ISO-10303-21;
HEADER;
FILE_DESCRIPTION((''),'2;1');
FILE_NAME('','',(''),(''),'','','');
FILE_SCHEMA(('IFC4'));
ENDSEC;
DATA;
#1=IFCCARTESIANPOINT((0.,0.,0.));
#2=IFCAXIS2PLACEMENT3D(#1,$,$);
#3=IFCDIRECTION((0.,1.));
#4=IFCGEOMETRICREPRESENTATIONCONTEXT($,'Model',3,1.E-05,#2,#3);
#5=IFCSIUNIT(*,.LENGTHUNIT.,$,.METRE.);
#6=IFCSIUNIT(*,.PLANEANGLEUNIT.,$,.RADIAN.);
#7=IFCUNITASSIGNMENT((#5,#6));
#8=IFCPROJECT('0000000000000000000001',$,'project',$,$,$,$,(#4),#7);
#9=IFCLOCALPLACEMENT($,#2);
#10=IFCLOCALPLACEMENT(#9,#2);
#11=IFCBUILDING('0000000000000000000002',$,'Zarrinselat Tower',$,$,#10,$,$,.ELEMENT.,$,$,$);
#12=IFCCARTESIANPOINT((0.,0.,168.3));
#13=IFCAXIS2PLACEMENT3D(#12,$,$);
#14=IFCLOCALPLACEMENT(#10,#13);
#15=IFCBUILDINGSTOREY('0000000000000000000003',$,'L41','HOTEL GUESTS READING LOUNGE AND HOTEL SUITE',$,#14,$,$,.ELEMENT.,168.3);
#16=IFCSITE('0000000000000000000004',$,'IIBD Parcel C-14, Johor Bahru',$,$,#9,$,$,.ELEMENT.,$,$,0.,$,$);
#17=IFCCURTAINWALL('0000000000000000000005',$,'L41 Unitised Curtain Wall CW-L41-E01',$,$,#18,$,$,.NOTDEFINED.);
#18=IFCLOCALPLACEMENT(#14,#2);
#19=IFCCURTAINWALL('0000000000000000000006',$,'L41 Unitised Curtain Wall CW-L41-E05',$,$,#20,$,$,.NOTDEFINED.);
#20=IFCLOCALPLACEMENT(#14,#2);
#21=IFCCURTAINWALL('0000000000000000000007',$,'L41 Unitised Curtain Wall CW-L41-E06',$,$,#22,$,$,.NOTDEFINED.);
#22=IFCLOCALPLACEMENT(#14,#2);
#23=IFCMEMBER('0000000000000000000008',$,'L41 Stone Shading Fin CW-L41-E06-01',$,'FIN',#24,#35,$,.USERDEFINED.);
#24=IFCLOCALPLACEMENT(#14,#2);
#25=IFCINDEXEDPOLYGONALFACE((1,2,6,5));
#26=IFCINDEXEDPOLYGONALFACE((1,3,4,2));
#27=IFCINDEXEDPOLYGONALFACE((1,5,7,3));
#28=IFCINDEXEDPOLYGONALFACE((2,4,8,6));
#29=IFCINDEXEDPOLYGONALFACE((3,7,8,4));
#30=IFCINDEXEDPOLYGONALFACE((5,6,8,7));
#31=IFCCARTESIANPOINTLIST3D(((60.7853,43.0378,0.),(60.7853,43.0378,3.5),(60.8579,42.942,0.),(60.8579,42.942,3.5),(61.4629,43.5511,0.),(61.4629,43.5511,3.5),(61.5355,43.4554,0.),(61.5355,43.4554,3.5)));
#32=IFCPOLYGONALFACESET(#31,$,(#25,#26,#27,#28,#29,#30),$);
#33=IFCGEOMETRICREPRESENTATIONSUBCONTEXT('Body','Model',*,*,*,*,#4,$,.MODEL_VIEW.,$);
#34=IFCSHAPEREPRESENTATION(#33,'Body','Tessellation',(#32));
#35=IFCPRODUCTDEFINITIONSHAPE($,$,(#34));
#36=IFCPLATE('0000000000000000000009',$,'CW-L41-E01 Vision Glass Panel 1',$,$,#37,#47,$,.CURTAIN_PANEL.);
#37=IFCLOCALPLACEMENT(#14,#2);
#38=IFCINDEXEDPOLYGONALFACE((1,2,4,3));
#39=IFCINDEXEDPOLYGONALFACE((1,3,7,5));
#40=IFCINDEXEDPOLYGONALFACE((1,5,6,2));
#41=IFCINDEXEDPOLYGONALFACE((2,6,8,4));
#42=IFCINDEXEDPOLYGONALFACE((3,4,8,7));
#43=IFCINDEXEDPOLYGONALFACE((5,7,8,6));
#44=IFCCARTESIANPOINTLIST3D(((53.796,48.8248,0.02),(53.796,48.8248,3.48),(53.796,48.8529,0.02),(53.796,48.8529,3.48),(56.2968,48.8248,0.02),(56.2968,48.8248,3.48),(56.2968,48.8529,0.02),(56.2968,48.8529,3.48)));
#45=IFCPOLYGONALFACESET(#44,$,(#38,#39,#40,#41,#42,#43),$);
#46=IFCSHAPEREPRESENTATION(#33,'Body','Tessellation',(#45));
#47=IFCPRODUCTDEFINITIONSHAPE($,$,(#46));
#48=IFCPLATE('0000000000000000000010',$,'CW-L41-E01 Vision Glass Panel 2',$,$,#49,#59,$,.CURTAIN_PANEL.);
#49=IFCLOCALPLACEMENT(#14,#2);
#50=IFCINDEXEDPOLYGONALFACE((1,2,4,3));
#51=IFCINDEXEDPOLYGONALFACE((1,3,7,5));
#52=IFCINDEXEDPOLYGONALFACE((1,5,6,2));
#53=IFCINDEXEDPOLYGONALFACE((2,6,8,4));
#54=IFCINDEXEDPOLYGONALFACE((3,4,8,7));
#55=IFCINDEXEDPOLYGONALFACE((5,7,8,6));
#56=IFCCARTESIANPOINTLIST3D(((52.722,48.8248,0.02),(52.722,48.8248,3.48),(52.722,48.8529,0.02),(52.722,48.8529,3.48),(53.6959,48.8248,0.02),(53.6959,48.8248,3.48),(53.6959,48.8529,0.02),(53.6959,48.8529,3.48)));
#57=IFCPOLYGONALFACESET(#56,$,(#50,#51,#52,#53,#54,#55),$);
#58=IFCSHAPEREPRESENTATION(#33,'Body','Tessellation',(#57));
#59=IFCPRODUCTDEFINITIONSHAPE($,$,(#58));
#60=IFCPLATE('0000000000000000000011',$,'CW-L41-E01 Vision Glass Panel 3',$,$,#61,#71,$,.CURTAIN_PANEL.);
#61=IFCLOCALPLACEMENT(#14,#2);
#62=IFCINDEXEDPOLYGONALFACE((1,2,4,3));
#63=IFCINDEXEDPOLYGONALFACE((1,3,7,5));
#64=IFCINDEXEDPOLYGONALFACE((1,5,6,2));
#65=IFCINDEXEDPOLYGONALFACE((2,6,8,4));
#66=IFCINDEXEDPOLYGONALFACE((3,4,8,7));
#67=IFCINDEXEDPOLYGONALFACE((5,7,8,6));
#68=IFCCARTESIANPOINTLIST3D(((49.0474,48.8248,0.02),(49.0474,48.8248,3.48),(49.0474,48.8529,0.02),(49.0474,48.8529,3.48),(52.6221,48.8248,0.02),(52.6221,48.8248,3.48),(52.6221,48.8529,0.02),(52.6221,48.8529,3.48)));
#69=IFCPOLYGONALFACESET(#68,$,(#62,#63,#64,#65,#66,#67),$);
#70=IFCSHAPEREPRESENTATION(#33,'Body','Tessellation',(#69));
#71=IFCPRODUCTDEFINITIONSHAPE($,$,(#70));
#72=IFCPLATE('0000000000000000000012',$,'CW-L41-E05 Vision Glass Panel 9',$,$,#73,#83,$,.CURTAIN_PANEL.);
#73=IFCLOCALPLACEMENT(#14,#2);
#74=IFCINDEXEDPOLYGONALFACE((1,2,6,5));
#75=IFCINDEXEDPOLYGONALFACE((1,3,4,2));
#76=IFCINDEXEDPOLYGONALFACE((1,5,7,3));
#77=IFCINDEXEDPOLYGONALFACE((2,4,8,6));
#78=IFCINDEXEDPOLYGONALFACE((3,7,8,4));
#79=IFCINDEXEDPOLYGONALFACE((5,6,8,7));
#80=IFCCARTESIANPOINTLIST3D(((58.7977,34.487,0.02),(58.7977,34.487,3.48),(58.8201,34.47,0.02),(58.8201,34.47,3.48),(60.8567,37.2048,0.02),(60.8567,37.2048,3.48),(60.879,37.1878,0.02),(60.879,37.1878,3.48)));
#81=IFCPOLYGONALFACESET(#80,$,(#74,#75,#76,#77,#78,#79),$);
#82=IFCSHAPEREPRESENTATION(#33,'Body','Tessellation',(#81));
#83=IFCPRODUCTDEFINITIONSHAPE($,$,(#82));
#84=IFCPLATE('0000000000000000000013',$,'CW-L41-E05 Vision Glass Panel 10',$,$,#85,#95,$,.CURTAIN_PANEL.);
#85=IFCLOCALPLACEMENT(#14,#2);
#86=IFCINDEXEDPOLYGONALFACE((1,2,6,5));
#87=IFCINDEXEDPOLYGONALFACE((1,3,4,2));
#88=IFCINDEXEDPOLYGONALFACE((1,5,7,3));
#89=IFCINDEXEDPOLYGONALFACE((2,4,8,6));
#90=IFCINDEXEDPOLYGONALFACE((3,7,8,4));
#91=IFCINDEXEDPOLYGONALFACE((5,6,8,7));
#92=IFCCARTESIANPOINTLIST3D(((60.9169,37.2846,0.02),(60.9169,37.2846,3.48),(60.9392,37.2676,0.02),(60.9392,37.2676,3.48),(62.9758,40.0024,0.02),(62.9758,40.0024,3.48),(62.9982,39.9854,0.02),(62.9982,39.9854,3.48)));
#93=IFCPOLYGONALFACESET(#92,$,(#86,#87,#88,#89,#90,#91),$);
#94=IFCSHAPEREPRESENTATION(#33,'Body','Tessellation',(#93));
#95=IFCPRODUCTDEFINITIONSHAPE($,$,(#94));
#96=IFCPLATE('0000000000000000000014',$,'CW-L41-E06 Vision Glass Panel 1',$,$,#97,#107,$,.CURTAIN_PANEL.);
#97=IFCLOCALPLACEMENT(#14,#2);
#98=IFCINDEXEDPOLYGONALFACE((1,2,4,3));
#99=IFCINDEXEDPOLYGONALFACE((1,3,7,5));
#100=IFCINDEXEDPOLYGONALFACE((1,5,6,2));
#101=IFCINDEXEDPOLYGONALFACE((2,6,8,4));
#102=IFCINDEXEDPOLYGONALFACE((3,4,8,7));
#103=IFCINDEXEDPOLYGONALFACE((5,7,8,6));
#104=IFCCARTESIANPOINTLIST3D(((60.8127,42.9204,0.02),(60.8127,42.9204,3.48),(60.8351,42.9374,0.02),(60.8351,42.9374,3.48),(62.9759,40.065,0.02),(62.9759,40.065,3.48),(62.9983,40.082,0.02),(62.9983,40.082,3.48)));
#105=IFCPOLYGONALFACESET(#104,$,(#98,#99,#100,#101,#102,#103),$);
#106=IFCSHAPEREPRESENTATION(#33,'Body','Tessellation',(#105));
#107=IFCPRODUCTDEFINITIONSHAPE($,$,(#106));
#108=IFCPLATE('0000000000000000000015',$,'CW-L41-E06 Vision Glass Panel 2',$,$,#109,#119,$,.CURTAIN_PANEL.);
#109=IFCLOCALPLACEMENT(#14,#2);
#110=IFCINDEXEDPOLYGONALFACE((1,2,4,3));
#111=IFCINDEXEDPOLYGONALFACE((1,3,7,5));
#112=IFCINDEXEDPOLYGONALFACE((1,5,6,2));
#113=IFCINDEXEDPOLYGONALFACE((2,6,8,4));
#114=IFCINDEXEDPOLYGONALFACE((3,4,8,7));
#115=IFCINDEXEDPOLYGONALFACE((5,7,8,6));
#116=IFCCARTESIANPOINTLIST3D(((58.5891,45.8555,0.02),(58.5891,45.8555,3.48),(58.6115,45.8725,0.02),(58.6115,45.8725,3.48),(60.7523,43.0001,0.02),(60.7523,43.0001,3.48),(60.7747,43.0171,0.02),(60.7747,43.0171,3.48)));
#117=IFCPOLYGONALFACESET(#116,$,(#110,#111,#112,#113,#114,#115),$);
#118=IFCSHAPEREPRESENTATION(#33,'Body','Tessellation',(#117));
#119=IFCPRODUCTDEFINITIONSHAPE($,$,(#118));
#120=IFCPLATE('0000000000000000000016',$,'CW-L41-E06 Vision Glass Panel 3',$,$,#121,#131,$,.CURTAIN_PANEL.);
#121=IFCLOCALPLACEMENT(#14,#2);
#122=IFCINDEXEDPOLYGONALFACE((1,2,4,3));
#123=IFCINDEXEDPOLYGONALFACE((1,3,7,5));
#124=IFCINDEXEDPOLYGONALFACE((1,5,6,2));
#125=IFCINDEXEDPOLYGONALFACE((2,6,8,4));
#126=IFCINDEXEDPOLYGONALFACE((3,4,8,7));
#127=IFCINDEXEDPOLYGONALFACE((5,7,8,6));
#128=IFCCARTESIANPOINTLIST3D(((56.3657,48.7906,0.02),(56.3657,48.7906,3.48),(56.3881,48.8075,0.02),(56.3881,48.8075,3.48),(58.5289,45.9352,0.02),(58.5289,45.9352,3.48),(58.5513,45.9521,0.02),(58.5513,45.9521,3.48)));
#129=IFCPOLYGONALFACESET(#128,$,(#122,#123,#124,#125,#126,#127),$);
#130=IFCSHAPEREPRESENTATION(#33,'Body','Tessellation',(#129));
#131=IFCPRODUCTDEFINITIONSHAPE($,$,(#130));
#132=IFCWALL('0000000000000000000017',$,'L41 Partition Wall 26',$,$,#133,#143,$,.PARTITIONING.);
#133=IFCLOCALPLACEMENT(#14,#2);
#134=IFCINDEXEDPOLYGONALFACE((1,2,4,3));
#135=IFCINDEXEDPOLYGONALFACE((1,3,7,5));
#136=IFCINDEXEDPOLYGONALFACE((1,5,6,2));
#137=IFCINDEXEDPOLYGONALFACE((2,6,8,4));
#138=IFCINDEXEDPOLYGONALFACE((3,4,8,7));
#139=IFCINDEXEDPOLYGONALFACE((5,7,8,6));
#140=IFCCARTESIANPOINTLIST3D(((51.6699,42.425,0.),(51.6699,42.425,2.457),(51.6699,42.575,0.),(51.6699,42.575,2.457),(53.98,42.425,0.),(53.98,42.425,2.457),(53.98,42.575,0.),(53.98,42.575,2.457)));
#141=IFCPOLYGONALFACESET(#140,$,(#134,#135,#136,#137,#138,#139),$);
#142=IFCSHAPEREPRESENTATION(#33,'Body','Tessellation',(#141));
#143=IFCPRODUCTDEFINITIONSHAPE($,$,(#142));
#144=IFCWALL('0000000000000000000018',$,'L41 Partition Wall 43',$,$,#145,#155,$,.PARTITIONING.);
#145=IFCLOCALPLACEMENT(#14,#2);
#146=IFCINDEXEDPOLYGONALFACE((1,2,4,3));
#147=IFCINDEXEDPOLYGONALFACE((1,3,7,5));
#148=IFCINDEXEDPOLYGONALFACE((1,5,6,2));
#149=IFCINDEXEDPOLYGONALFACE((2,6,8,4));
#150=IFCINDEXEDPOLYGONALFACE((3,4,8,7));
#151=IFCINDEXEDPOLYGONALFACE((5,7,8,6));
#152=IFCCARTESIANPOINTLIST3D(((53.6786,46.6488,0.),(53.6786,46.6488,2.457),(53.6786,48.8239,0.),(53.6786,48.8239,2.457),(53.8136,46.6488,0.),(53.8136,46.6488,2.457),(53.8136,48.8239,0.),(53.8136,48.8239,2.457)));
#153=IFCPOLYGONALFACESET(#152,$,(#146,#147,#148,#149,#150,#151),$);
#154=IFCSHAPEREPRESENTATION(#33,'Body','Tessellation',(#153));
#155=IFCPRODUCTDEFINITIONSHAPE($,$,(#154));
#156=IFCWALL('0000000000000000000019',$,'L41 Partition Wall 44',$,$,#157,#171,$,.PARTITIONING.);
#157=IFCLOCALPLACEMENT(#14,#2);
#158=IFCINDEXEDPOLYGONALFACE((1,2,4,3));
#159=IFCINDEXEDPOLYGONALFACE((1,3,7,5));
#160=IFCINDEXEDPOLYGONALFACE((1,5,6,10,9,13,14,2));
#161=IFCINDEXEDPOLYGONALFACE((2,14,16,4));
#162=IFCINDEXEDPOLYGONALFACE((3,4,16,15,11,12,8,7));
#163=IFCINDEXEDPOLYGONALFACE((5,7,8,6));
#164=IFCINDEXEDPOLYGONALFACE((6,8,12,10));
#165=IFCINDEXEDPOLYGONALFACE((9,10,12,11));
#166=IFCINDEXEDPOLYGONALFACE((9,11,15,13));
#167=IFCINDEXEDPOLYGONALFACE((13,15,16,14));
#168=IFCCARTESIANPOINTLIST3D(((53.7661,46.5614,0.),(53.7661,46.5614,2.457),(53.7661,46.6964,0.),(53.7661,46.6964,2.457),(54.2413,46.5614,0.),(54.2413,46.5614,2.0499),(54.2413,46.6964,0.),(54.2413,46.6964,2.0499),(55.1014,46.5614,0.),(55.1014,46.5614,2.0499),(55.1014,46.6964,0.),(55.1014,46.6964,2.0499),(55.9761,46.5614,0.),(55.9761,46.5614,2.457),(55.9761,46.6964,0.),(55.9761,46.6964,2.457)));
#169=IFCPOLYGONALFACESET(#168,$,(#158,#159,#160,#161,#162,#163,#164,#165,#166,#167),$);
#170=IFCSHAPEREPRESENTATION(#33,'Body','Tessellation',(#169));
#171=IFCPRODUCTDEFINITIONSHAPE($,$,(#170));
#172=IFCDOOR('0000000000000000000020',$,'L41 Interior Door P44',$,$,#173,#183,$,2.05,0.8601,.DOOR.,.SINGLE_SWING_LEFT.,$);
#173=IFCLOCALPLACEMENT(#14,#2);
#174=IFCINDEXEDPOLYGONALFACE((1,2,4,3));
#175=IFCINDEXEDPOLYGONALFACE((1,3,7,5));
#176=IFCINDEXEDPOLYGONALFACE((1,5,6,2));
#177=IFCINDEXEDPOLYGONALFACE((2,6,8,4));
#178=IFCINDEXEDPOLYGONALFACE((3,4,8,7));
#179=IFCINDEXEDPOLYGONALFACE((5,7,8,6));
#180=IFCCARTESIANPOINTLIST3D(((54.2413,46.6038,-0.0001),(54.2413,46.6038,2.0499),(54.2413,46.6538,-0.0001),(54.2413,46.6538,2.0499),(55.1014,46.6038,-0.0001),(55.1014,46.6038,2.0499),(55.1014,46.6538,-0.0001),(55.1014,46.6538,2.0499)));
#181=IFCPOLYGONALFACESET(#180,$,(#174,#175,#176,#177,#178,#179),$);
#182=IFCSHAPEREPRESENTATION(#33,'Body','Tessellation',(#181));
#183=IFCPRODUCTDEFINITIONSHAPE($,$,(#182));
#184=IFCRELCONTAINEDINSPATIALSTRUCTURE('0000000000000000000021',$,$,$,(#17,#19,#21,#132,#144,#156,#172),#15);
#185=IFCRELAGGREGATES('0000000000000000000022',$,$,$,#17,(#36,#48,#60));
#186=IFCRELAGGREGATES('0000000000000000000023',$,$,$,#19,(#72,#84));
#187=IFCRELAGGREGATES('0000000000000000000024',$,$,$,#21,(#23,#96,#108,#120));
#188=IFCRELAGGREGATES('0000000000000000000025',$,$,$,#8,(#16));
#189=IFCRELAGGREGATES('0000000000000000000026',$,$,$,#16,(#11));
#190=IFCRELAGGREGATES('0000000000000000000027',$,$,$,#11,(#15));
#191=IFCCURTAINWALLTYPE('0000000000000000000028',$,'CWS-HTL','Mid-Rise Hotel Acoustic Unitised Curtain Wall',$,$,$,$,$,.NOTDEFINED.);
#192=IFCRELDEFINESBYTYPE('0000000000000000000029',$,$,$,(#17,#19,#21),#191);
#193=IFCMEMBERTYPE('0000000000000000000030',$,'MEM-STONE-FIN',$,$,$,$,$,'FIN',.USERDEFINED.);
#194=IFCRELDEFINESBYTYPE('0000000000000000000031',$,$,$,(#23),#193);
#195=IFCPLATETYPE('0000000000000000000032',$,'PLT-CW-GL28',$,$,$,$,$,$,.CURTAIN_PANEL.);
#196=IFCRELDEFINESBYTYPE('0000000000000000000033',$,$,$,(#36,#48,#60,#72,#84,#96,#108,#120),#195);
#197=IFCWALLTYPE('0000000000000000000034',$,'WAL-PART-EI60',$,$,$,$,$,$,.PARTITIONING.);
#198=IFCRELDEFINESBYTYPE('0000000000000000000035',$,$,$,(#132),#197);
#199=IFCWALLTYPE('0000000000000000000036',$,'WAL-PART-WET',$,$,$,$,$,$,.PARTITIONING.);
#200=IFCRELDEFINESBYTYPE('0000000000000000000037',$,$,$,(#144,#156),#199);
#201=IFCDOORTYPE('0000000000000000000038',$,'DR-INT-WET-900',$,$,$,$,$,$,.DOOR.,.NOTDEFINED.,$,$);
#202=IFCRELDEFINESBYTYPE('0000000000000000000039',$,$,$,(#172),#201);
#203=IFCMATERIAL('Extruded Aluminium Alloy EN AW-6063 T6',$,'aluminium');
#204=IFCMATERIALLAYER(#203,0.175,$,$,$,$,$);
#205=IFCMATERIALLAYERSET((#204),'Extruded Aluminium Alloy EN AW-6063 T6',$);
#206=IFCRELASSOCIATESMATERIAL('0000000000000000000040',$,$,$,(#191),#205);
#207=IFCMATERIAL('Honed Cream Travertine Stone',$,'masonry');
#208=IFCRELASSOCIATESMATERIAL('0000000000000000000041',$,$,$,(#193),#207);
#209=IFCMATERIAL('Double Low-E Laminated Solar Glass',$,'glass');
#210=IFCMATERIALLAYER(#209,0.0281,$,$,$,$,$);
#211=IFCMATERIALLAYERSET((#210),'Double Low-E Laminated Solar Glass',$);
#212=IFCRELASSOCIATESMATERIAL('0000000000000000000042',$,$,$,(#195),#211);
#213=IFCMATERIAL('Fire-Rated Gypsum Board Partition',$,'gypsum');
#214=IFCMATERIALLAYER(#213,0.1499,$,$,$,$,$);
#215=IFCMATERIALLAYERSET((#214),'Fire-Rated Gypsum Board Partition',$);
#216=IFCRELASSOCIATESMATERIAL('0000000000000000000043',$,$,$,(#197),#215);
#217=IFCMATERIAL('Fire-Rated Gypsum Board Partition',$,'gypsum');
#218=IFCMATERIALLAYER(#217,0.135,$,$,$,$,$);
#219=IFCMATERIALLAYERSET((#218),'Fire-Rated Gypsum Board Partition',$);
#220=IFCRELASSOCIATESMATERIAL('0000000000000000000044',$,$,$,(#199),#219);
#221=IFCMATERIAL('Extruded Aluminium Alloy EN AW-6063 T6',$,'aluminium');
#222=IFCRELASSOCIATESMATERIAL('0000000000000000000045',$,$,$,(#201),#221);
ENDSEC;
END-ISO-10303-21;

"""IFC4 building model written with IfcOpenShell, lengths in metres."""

from ifc_helpers import new_model, si_unit, direction, frame, frame_2d, origin, origin_2d, place, context, subcontext, project, spatial, rectangle, extrude, material, layer, layer_set, material_profile, profile_set, type_object, element, fill, aggregate, save


model = new_model("IFC4")

# Units and contexts
model_context = context("Model", 3, precision=1e-05, world=origin(), true_north=direction((0.0, 1.0)))
body_context = subcontext(model_context, "Body", "Model", "MODEL_VIEW")
ifc_project = project(units=[si_unit("LENGTHUNIT", "METRE"), si_unit("PLANEANGLEUNIT", "RADIAN")], contexts=[model_context])

# Site, building, storey
site_placement = place(None, origin())
site = spatial("IfcSite", under=ifc_project, at=site_placement, Name="IIBD Parcel C-14, Johor Bahru", CompositionType="ELEMENT", RefElevation=0.0)
building_placement = place(site_placement, origin())
building = spatial("IfcBuilding", under=site, at=building_placement, Name="Zarrinselat Tower", CompositionType="ELEMENT")
storey_placement = place(building_placement, frame((0.0, 0.0, 168.3)))
storey = spatial("IfcBuildingStorey", under=building, at=storey_placement, Name="L41", Description="HOTEL GUESTS READING LOUNGE AND HOTEL SUITE", CompositionType="ELEMENT", Elevation=168.3)

# Curtain walls
ifc_material_1 = material(Name="Extruded Aluminium Alloy EN AW-6063 T6", Category="aluminium")
ifc_layer_1 = layer(ifc_material_1, 0.175)
ifc_layer_set_1 = layer_set([ifc_layer_1], Name="Extruded Aluminium Alloy EN AW-6063 T6")
curtain_wall_type = type_object("IfcCurtainWallType", Name="CWS-HTL", Description="Mid-Rise Hotel Acoustic Unitised Curtain Wall", PredefinedType="NOTDEFINED", material=ifc_layer_set_1)
curtain_wall_1_placement = place(storey_placement, origin())
curtain_wall_1 = element("IfcCurtainWall", 1, at=curtain_wall_1_placement, inside=storey, type_object=curtain_wall_type, Name="L41 Unitised Curtain Wall CW-L41-E01", PredefinedType="NOTDEFINED")
curtain_wall_2_placement = place(storey_placement, origin())
curtain_wall_2 = element("IfcCurtainWall", 2, at=curtain_wall_2_placement, inside=storey, type_object=curtain_wall_type, Name="L41 Unitised Curtain Wall CW-L41-E05", PredefinedType="NOTDEFINED")
curtain_wall_3_placement = place(storey_placement, origin())
curtain_wall_3 = element("IfcCurtainWall", 3, at=curtain_wall_3_placement, inside=storey, type_object=curtain_wall_type, Name="L41 Unitised Curtain Wall CW-L41-E06", PredefinedType="NOTDEFINED")

# Member
ifc_material_2 = material(Name="Honed Cream Travertine Stone", Category="masonry")
ifc_material_profile_1 = material_profile(ifc_material_2, rectangle(XDim=0.1201, YDim=0.8501, at=origin_2d()), Name="FIN 850x120")
ifc_profile_set_1 = profile_set([ifc_material_profile_1], Name="Honed Cream Travertine Stone")
member_type_1 = type_object("IfcMemberType", Name="MEM-STONE-FIN", ElementType="FIN", PredefinedType="USERDEFINED", material=ifc_profile_set_1)
member_1_placement = place(storey_placement, frame((61.1604, 43.2466, 0.0), z_axis=(0.0, 0.0, 1.0), x_axis=(0.603857, -0.797092, 0.0)))
member_1 = element("IfcMember", 4, at=member_1_placement, type_object=member_type_1, Name="L41 Stone Shading Fin CW-L41-E06-01", ObjectType="FIN", PredefinedType="USERDEFINED", context=body_context, shape_type="SweptSolid", body=[
    extrude(rectangle(XDim=0.1201, YDim=0.8501, at=origin_2d()), origin(), (0.0, 0.0, 1.0), 3.5),
])

# Plates
ifc_material_3 = material(Name="Double Low-E Laminated Solar Glass", Category="glass")
ifc_layer_2 = layer(ifc_material_3, 0.0281)
ifc_layer_set_2 = layer_set([ifc_layer_2], Name="Double Low-E Laminated Solar Glass")
plate_type = type_object("IfcPlateType", Name="PLT-CW-GL28", PredefinedType="CURTAIN_PANEL", material=ifc_layer_set_2)
plate_1_placement = place(storey_placement, frame((55.0464, 48.8389, 0.02), z_axis=(0.0, 0.0, 1.0), x_axis=(-1.0, 0.0, 0.0)))
plate_1 = element("IfcPlate", 5, at=plate_1_placement, type_object=plate_type, Name="CW-L41-E01 Vision Glass Panel 1", PredefinedType="CURTAIN_PANEL", context=body_context, shape_type="SweptSolid", body=[
    extrude(rectangle(XDim=2.5007, YDim=0.0281, at=origin_2d()), origin(), (0.0, 0.0, 1.0), 3.46),
])
plate_2_placement = place(storey_placement, frame((53.209, 48.8389, 0.02), z_axis=(0.0, 0.0, 1.0), x_axis=(-1.0, 0.0, 0.0)))
plate_2 = element("IfcPlate", 6, at=plate_2_placement, type_object=plate_type, Name="CW-L41-E01 Vision Glass Panel 2", PredefinedType="CURTAIN_PANEL", context=body_context, shape_type="SweptSolid", body=[
    extrude(rectangle(XDim=0.9739, YDim=0.0281, at=origin_2d()), origin(), (0.0, 0.0, 1.0), 3.46),
])
plate_3_placement = place(storey_placement, frame((50.8347, 48.8389, 0.02), z_axis=(0.0, 0.0, 1.0), x_axis=(-1.0, 0.0, 0.0)))
plate_3 = element("IfcPlate", 7, at=plate_3_placement, type_object=plate_type, Name="CW-L41-E01 Vision Glass Panel 3", PredefinedType="CURTAIN_PANEL", context=body_context, shape_type="SweptSolid", body=[
    extrude(rectangle(XDim=3.5747, YDim=0.0281, at=origin_2d()), origin(), (0.0, 0.0, 1.0), 3.46),
])
aggregate(curtain_wall_1, [plate_1, plate_2, plate_3])
plate_4_placement = place(storey_placement, frame((59.8384, 35.8374, 0.02), z_axis=(0.0, 0.0, 1.0), x_axis=(0.603859, 0.797091, 0.0)))
plate_4 = element("IfcPlate", 8, at=plate_4_placement, type_object=plate_type, Name="CW-L41-E05 Vision Glass Panel 9", PredefinedType="CURTAIN_PANEL", context=body_context, shape_type="SweptSolid", body=[
    extrude(rectangle(XDim=3.4097, YDim=0.0281, at=origin_2d()), origin(), (0.0, 0.0, 1.0), 3.46),
])
plate_5_placement = place(storey_placement, frame((61.9575, 38.635, 0.02), z_axis=(0.0, 0.0, 1.0), x_axis=(0.603859, 0.797091, 0.0)))
plate_5 = element("IfcPlate", 9, at=plate_5_placement, type_object=plate_type, Name="CW-L41-E05 Vision Glass Panel 10", PredefinedType="CURTAIN_PANEL", context=body_context, shape_type="SweptSolid", body=[
    extrude(rectangle(XDim=3.4097, YDim=0.0281, at=origin_2d()), origin(), (0.0, 0.0, 1.0), 3.46),
])
aggregate(curtain_wall_2, [plate_4, plate_5])
plate_6_placement = place(storey_placement, frame((61.9055, 41.5012, 0.02), z_axis=(0.0, 0.0, 1.0), x_axis=(-0.603857, 0.797092, 0.0)))
plate_6 = element("IfcPlate", 10, at=plate_6_placement, type_object=plate_type, Name="CW-L41-E06 Vision Glass Panel 1", PredefinedType="CURTAIN_PANEL", context=body_context, shape_type="SweptSolid", body=[
    extrude(rectangle(XDim=3.5823, YDim=0.0281, at=origin_2d()), origin(), (0.0, 0.0, 1.0), 3.46),
])
plate_7_placement = place(storey_placement, frame((59.6819, 44.4363, 0.02), z_axis=(0.0, 0.0, 1.0), x_axis=(-0.603857, 0.797092, 0.0)))
plate_7 = element("IfcPlate", 11, at=plate_7_placement, type_object=plate_type, Name="CW-L41-E06 Vision Glass Panel 2", PredefinedType="CURTAIN_PANEL", context=body_context, shape_type="SweptSolid", body=[
    extrude(rectangle(XDim=3.5823, YDim=0.0281, at=origin_2d()), origin(), (0.0, 0.0, 1.0), 3.46),
])
plate_8_placement = place(storey_placement, frame((57.4585, 47.3713, 0.02), z_axis=(0.0, 0.0, 1.0), x_axis=(-0.603857, 0.797092, 0.0)))
plate_8 = element("IfcPlate", 12, at=plate_8_placement, type_object=plate_type, Name="CW-L41-E06 Vision Glass Panel 3", PredefinedType="CURTAIN_PANEL", context=body_context, shape_type="SweptSolid", body=[
    extrude(rectangle(XDim=3.5823, YDim=0.0281, at=origin_2d()), origin(), (0.0, 0.0, 1.0), 3.46),
])
aggregate(curtain_wall_3, [member_1, plate_6, plate_7, plate_8])

# Walls
ifc_material_4 = material(Name="Fire-Rated Gypsum Board Partition", Category="gypsum")
ifc_layer_3 = layer(ifc_material_4, 0.1499)
ifc_layer_set_3 = layer_set([ifc_layer_3], Name="Fire-Rated Gypsum Board Partition")
wall_type_1 = type_object("IfcWallType", Name="WAL-PART-EI60", PredefinedType="PARTITIONING", material=ifc_layer_set_3)
wall_1_placement = place(storey_placement, frame((51.6699, 42.5, 0.0), z_axis=(0.0, 0.0, 1.0), x_axis=(1.0, 0.0, 0.0)))
element("IfcWall", 13, at=wall_1_placement, inside=storey, type_object=wall_type_1, Name="L41 Partition Wall 26", PredefinedType="PARTITIONING", context=body_context, shape_type="SweptSolid", body=[
    extrude(rectangle(XDim=2.3101, YDim=0.1499, at=frame_2d((1.155, 0.0))), origin(), (0.0, 0.0, 1.0), 2.457),
])
ifc_material_5 = material(Name="Fire-Rated Gypsum Board Partition", Category="gypsum")
ifc_layer_4 = layer(ifc_material_5, 0.135)
ifc_layer_set_4 = layer_set([ifc_layer_4], Name="Fire-Rated Gypsum Board Partition")
wall_type_2 = type_object("IfcWallType", Name="WAL-PART-WET", PredefinedType="PARTITIONING", material=ifc_layer_set_4)
wall_2_placement = place(storey_placement, frame((53.7461, 46.6489, 0.0), z_axis=(0.0, 0.0, 1.0), x_axis=(0.0, 1.0, 0.0)))
element("IfcWall", 14, at=wall_2_placement, inside=storey, type_object=wall_type_2, Name="L41 Partition Wall 43", PredefinedType="PARTITIONING", context=body_context, shape_type="SweptSolid", body=[
    extrude(rectangle(XDim=2.175, YDim=0.135, at=frame_2d((1.0874, 0.0))), origin(), (0.0, 0.0, 1.0), 2.457),
])

# Wall, opening, door
wall_3_placement = place(storey_placement, frame((53.7661, 46.6289, 0.0), z_axis=(0.0, 0.0, 1.0), x_axis=(1.0, 0.0, 0.0)))
wall_3 = element("IfcWall", 15, at=wall_3_placement, inside=storey, type_object=wall_type_2, Name="L41 Partition Wall 44", PredefinedType="PARTITIONING", context=body_context, shape_type="SweptSolid", body=[
    extrude(rectangle(XDim=2.21, YDim=0.135, at=frame_2d((1.105, 0.0))), origin(), (0.0, 0.0, 1.0), 2.457),
])
opening_placement = place(wall_3_placement, frame((0.4751, 0.0, 0.0)))
opening = element("IfcOpeningElement", 16, at=opening_placement, cuts=wall_3, PredefinedType="OPENING", context=body_context, shape_type="SweptSolid", body=[
    extrude(rectangle(XDim=0.8601, YDim=2.05, at=frame_2d((0.4302, 1.0249))), frame((0.0, 0.0774, 0.0), z_axis=(0.0, -1.0, 0.0), x_axis=(1.0, 0.0, 0.0)), (0.0, 0.0, 1.0), 0.155),
])
ifc_material_6 = material(Name="Extruded Aluminium Alloy EN AW-6063 T6", Category="aluminium")
door_type = type_object("IfcDoorType", Name="DR-INT-WET-900", OperationType="NOTDEFINED", PredefinedType="DOOR", material=ifc_material_6)
door_placement = place(opening_placement, origin())
door = element("IfcDoor", 17, at=door_placement, inside=storey, type_object=door_type, Name="L41 Interior Door P44", OperationType="SINGLE_SWING_LEFT", OverallHeight=2.05, OverallWidth=0.8601, PredefinedType="DOOR", context=body_context, shape_type="SweptSolid", body=[
    extrude(rectangle(XDim=0.8601, YDim=2.05, at=frame_2d((0.4302, 1.0249))), frame((0.0, 0.0249, 0.0), z_axis=(0.0, -1.0, 0.0), x_axis=(1.0, 0.0, 0.0)), (0.0, 0.0, 1.0), 0.05),
])
fill(opening, door)

save(model, "model.ifc")
